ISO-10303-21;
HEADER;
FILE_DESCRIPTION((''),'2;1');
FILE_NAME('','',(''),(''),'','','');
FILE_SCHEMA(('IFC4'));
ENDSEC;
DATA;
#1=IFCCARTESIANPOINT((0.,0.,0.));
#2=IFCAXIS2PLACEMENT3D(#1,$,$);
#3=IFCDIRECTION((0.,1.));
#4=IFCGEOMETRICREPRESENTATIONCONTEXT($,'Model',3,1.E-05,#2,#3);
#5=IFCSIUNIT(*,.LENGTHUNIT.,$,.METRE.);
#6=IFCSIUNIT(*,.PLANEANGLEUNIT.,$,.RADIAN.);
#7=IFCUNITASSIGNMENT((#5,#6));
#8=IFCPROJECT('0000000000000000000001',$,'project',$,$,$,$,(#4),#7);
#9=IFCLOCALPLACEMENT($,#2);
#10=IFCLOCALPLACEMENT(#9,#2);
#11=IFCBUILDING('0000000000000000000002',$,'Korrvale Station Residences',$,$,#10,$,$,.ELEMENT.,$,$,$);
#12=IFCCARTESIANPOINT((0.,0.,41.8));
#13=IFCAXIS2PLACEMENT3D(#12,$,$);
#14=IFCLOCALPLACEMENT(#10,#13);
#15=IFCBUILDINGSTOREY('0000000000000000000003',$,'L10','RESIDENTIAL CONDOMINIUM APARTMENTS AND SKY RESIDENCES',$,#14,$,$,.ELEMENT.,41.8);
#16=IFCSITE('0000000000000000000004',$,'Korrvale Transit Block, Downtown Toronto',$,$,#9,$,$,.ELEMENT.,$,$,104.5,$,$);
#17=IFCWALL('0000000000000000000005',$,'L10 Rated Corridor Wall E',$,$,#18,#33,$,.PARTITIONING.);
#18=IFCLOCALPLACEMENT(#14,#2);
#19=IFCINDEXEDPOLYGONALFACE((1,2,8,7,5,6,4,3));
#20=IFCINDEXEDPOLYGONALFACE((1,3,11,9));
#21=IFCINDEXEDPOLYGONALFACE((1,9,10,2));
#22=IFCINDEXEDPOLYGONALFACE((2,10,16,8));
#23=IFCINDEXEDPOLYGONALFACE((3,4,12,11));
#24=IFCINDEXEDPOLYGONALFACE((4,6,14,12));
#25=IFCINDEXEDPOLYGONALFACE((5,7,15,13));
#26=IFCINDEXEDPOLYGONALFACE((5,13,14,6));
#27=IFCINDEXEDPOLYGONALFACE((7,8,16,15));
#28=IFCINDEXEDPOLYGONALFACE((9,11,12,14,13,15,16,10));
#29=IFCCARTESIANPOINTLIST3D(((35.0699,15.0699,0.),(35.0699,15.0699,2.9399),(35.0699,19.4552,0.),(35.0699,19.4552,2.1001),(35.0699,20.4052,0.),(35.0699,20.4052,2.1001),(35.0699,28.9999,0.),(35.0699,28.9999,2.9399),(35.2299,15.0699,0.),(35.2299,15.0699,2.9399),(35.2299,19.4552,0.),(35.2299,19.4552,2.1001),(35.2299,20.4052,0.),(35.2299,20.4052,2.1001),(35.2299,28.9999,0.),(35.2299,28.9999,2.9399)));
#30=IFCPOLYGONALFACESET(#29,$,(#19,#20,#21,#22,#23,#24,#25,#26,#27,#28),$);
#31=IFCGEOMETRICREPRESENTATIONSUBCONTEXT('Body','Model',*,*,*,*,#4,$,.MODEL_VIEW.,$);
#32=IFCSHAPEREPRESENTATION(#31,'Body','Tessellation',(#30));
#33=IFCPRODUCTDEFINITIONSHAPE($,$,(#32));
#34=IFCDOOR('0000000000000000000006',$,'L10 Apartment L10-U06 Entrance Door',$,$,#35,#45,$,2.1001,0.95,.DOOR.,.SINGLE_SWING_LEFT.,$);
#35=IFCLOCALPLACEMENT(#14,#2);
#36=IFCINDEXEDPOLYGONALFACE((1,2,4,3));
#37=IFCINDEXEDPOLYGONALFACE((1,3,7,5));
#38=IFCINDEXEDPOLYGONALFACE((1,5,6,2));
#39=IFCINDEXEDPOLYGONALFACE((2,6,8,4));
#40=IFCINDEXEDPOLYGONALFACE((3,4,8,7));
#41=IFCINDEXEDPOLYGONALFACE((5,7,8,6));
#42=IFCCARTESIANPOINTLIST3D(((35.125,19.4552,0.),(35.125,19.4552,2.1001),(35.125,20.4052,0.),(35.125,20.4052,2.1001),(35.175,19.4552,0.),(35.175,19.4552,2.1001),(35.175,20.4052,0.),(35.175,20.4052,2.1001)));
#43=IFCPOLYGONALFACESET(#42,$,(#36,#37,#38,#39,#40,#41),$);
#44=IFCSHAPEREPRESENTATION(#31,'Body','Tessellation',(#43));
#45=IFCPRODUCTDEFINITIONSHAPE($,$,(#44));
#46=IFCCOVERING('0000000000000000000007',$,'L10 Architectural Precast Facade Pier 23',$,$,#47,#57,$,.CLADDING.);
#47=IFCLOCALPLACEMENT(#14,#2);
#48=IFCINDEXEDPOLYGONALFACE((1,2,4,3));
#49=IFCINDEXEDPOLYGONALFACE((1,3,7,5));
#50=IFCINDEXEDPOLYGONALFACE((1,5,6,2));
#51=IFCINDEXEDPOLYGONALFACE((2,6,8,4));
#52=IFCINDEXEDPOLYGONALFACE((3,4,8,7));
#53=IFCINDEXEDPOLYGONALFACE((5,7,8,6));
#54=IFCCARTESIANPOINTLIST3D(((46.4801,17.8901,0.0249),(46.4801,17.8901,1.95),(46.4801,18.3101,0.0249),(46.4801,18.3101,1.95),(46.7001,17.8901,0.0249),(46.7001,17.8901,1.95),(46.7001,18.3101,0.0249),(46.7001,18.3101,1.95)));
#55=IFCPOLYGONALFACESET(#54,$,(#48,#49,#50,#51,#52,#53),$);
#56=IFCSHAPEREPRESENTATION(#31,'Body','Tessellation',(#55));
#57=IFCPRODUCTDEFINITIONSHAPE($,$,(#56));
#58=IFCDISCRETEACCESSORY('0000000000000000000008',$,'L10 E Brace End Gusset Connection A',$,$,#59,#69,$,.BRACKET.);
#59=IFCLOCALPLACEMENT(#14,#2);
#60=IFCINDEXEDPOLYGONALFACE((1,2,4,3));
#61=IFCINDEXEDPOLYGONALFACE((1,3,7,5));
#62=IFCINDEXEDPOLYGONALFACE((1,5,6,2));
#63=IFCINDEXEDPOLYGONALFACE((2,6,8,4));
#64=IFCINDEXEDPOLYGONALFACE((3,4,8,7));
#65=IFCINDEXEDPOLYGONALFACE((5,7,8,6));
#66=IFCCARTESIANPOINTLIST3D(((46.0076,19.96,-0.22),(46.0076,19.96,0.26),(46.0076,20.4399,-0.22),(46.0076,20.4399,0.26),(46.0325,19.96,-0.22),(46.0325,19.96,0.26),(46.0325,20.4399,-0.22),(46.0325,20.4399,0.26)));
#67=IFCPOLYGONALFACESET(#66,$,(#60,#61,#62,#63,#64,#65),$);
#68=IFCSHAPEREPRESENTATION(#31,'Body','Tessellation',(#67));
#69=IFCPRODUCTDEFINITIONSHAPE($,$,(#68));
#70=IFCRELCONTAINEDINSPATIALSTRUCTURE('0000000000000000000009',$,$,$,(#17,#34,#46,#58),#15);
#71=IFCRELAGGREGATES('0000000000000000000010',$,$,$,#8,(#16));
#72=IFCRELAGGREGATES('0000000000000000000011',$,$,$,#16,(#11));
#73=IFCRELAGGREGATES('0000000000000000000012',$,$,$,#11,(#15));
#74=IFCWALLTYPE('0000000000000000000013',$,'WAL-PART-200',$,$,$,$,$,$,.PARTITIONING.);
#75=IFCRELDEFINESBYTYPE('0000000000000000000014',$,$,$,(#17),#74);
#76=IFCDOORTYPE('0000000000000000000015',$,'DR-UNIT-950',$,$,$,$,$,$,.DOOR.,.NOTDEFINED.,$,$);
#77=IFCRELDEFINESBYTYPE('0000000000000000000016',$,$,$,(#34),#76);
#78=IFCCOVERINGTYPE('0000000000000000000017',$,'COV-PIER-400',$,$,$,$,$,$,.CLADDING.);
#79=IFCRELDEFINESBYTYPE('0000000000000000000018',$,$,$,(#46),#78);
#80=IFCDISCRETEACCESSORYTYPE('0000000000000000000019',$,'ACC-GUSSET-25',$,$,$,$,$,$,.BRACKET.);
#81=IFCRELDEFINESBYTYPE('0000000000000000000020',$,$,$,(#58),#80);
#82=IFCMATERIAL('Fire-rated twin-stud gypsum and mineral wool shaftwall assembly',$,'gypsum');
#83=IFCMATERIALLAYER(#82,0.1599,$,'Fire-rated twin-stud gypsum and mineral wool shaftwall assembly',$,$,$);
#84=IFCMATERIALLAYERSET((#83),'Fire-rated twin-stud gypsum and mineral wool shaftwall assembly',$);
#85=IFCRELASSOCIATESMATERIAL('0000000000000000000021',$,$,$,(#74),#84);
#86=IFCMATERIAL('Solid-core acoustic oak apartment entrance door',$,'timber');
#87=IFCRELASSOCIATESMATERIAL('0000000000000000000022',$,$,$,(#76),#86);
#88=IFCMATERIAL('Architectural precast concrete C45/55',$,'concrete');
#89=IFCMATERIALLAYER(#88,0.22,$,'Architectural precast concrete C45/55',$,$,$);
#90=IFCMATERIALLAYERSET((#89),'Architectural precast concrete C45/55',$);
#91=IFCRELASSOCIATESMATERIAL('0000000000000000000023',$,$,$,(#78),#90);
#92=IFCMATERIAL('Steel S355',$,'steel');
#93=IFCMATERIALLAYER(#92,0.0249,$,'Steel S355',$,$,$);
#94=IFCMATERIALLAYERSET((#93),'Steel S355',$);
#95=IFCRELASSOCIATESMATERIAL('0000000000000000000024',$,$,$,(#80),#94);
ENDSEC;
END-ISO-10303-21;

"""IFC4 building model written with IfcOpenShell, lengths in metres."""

from ifc_helpers import new_model, si_unit, direction, frame, frame_2d, origin, origin_2d, place, context, subcontext, project, spatial, rectangle, extrude, material, layer, layer_set, type_object, element, fill, save


model = new_model("IFC4")

# Units and contexts
model_context = context("Model", 3, precision=1e-05, world=origin(), true_north=direction((0.0, 1.0)))
body_context = subcontext(model_context, "Body", "Model", "MODEL_VIEW")
ifc_project = project(units=[si_unit("LENGTHUNIT", "METRE"), si_unit("PLANEANGLEUNIT", "RADIAN")], contexts=[model_context])

# Site, building, storey
site_placement = place(None, origin())
site = spatial("IfcSite", under=ifc_project, at=site_placement, Name="Korrvale Transit Block, Downtown Toronto", CompositionType="ELEMENT", RefElevation=104.5)
building_placement = place(site_placement, origin())
building = spatial("IfcBuilding", under=site, at=building_placement, Name="Korrvale Station Residences", CompositionType="ELEMENT")
storey_placement = place(building_placement, frame((0.0, 0.0, 41.8)))
storey = spatial("IfcBuildingStorey", under=building, at=storey_placement, Name="L10", Description="RESIDENTIAL CONDOMINIUM APARTMENTS AND SKY RESIDENCES", CompositionType="ELEMENT", Elevation=41.8)

# Shared definitions
ifc_material_1 = material(Name="Steel S355", Category="steel")

# Shared definitions
ifc_material_2 = material(Name="Fire-rated twin-stud gypsum and mineral wool shaftwall assembly", Category="gypsum")
ifc_layer_1 = layer(ifc_material_2, 0.1599, Name="Fire-rated twin-stud gypsum and mineral wool shaftwall assembly")
ifc_layer_set_1 = layer_set([ifc_layer_1], Name="Fire-rated twin-stud gypsum and mineral wool shaftwall assembly")
wall_type_1 = type_object("IfcWallType", Name="WAL-PART-200", PredefinedType="PARTITIONING", material=ifc_layer_set_1)

# Wall, opening, door
wall_1_placement = place(storey_placement, frame((35.1499, 15.0701, 0.0), z_axis=(0.0, 0.0, 1.0), x_axis=(0.0, 1.0, 0.0)))
wall_1 = element("IfcWall", 1, at=wall_1_placement, inside=storey, type_object=wall_type_1, Name="L10 Rated Corridor Wall E", PredefinedType="PARTITIONING", context=body_context, shape_type="SweptSolid", body=[
    extrude(rectangle(XDim=13.9299, YDim=0.1599, at=frame_2d((6.9648, 0.0))), origin(), (0.0, 0.0, 1.0), 2.9399),
])
opening_1_placement = place(wall_1_placement, frame((4.385, 0.0, 0.0)))
opening_1 = element("IfcOpeningElement", 2, at=opening_1_placement, cuts=wall_1, PredefinedType="OPENING", context=body_context, shape_type="SweptSolid", body=[
    extrude(rectangle(XDim=0.95, YDim=2.1001, at=frame_2d((0.4751, 1.05))), frame((0.0, 0.0898, 0.0), z_axis=(0.0, -1.0, 0.0), x_axis=(1.0, 0.0, 0.0)), (0.0, 0.0, 1.0), 0.1799),
])
ifc_material_3 = material(Name="Solid-core acoustic oak apartment entrance door", Category="timber")
door_type_1 = type_object("IfcDoorType", Name="DR-UNIT-950", OperationType="NOTDEFINED", PredefinedType="DOOR", material=ifc_material_3)
door_1_placement = place(opening_1_placement, origin())
door_1 = element("IfcDoor", 3, at=door_1_placement, inside=storey, type_object=door_type_1, Name="L10 Apartment L10-U06 Entrance Door", OperationType="SINGLE_SWING_LEFT", OverallHeight=2.1001, OverallWidth=0.95, PredefinedType="DOOR", context=body_context, shape_type="SweptSolid", body=[
    extrude(rectangle(XDim=0.95, YDim=2.1001, at=frame_2d((0.4751, 1.05))), frame((0.0, 0.0249, 0.0), z_axis=(0.0, -1.0, 0.0), x_axis=(1.0, 0.0, 0.0)), (0.0, 0.0, 1.0), 0.05),
])
fill(opening_1, door_1)

# Covering
ifc_material_4 = material(Name="Architectural precast concrete C45/55", Category="concrete")
ifc_layer_2 = layer(ifc_material_4, 0.22, Name="Architectural precast concrete C45/55")
ifc_layer_set_2 = layer_set([ifc_layer_2], Name="Architectural precast concrete C45/55")
covering_type = type_object("IfcCoveringType", Name="COV-PIER-400", PredefinedType="CLADDING", material=ifc_layer_set_2)
covering_placement = place(storey_placement, frame((46.5901, 18.1001, 0.0249), z_axis=(0.0, 0.0, 1.0), x_axis=(0.0, 1.0, 0.0)))
element("IfcCovering", 4, at=covering_placement, inside=storey, type_object=covering_type, Name="L10 Architectural Precast Facade Pier 23", PredefinedType="CLADDING", context=body_context, shape_type="SweptSolid", body=[
    extrude(rectangle(XDim=0.4199, YDim=0.22, at=origin_2d()), origin(), (0.0, 0.0, 1.0), 1.925),
])

# Discrete accessory
ifc_layer_3 = layer(ifc_material_1, 0.0249, Name="Steel S355")
ifc_layer_set_3 = layer_set([ifc_layer_3], Name="Steel S355")
discrete_accessory_type = type_object("IfcDiscreteAccessoryType", Name="ACC-GUSSET-25", PredefinedType="BRACKET", material=ifc_layer_set_3)
discrete_accessory_placement = place(storey_placement, frame((46.02, 20.2, -0.22), z_axis=(0.0, 0.0, 1.0), x_axis=(0.0, 1.0, 0.0)))
element("IfcDiscreteAccessory", 5, at=discrete_accessory_placement, inside=storey, type_object=discrete_accessory_type, Name="L10 E Brace End Gusset Connection A", PredefinedType="BRACKET", context=body_context, shape_type="SweptSolid", body=[
    extrude(rectangle(XDim=0.48, YDim=0.0249, at=origin_2d()), origin(), (0.0, 0.0, 1.0), 0.48),
])

save(model, "model.ifc")
